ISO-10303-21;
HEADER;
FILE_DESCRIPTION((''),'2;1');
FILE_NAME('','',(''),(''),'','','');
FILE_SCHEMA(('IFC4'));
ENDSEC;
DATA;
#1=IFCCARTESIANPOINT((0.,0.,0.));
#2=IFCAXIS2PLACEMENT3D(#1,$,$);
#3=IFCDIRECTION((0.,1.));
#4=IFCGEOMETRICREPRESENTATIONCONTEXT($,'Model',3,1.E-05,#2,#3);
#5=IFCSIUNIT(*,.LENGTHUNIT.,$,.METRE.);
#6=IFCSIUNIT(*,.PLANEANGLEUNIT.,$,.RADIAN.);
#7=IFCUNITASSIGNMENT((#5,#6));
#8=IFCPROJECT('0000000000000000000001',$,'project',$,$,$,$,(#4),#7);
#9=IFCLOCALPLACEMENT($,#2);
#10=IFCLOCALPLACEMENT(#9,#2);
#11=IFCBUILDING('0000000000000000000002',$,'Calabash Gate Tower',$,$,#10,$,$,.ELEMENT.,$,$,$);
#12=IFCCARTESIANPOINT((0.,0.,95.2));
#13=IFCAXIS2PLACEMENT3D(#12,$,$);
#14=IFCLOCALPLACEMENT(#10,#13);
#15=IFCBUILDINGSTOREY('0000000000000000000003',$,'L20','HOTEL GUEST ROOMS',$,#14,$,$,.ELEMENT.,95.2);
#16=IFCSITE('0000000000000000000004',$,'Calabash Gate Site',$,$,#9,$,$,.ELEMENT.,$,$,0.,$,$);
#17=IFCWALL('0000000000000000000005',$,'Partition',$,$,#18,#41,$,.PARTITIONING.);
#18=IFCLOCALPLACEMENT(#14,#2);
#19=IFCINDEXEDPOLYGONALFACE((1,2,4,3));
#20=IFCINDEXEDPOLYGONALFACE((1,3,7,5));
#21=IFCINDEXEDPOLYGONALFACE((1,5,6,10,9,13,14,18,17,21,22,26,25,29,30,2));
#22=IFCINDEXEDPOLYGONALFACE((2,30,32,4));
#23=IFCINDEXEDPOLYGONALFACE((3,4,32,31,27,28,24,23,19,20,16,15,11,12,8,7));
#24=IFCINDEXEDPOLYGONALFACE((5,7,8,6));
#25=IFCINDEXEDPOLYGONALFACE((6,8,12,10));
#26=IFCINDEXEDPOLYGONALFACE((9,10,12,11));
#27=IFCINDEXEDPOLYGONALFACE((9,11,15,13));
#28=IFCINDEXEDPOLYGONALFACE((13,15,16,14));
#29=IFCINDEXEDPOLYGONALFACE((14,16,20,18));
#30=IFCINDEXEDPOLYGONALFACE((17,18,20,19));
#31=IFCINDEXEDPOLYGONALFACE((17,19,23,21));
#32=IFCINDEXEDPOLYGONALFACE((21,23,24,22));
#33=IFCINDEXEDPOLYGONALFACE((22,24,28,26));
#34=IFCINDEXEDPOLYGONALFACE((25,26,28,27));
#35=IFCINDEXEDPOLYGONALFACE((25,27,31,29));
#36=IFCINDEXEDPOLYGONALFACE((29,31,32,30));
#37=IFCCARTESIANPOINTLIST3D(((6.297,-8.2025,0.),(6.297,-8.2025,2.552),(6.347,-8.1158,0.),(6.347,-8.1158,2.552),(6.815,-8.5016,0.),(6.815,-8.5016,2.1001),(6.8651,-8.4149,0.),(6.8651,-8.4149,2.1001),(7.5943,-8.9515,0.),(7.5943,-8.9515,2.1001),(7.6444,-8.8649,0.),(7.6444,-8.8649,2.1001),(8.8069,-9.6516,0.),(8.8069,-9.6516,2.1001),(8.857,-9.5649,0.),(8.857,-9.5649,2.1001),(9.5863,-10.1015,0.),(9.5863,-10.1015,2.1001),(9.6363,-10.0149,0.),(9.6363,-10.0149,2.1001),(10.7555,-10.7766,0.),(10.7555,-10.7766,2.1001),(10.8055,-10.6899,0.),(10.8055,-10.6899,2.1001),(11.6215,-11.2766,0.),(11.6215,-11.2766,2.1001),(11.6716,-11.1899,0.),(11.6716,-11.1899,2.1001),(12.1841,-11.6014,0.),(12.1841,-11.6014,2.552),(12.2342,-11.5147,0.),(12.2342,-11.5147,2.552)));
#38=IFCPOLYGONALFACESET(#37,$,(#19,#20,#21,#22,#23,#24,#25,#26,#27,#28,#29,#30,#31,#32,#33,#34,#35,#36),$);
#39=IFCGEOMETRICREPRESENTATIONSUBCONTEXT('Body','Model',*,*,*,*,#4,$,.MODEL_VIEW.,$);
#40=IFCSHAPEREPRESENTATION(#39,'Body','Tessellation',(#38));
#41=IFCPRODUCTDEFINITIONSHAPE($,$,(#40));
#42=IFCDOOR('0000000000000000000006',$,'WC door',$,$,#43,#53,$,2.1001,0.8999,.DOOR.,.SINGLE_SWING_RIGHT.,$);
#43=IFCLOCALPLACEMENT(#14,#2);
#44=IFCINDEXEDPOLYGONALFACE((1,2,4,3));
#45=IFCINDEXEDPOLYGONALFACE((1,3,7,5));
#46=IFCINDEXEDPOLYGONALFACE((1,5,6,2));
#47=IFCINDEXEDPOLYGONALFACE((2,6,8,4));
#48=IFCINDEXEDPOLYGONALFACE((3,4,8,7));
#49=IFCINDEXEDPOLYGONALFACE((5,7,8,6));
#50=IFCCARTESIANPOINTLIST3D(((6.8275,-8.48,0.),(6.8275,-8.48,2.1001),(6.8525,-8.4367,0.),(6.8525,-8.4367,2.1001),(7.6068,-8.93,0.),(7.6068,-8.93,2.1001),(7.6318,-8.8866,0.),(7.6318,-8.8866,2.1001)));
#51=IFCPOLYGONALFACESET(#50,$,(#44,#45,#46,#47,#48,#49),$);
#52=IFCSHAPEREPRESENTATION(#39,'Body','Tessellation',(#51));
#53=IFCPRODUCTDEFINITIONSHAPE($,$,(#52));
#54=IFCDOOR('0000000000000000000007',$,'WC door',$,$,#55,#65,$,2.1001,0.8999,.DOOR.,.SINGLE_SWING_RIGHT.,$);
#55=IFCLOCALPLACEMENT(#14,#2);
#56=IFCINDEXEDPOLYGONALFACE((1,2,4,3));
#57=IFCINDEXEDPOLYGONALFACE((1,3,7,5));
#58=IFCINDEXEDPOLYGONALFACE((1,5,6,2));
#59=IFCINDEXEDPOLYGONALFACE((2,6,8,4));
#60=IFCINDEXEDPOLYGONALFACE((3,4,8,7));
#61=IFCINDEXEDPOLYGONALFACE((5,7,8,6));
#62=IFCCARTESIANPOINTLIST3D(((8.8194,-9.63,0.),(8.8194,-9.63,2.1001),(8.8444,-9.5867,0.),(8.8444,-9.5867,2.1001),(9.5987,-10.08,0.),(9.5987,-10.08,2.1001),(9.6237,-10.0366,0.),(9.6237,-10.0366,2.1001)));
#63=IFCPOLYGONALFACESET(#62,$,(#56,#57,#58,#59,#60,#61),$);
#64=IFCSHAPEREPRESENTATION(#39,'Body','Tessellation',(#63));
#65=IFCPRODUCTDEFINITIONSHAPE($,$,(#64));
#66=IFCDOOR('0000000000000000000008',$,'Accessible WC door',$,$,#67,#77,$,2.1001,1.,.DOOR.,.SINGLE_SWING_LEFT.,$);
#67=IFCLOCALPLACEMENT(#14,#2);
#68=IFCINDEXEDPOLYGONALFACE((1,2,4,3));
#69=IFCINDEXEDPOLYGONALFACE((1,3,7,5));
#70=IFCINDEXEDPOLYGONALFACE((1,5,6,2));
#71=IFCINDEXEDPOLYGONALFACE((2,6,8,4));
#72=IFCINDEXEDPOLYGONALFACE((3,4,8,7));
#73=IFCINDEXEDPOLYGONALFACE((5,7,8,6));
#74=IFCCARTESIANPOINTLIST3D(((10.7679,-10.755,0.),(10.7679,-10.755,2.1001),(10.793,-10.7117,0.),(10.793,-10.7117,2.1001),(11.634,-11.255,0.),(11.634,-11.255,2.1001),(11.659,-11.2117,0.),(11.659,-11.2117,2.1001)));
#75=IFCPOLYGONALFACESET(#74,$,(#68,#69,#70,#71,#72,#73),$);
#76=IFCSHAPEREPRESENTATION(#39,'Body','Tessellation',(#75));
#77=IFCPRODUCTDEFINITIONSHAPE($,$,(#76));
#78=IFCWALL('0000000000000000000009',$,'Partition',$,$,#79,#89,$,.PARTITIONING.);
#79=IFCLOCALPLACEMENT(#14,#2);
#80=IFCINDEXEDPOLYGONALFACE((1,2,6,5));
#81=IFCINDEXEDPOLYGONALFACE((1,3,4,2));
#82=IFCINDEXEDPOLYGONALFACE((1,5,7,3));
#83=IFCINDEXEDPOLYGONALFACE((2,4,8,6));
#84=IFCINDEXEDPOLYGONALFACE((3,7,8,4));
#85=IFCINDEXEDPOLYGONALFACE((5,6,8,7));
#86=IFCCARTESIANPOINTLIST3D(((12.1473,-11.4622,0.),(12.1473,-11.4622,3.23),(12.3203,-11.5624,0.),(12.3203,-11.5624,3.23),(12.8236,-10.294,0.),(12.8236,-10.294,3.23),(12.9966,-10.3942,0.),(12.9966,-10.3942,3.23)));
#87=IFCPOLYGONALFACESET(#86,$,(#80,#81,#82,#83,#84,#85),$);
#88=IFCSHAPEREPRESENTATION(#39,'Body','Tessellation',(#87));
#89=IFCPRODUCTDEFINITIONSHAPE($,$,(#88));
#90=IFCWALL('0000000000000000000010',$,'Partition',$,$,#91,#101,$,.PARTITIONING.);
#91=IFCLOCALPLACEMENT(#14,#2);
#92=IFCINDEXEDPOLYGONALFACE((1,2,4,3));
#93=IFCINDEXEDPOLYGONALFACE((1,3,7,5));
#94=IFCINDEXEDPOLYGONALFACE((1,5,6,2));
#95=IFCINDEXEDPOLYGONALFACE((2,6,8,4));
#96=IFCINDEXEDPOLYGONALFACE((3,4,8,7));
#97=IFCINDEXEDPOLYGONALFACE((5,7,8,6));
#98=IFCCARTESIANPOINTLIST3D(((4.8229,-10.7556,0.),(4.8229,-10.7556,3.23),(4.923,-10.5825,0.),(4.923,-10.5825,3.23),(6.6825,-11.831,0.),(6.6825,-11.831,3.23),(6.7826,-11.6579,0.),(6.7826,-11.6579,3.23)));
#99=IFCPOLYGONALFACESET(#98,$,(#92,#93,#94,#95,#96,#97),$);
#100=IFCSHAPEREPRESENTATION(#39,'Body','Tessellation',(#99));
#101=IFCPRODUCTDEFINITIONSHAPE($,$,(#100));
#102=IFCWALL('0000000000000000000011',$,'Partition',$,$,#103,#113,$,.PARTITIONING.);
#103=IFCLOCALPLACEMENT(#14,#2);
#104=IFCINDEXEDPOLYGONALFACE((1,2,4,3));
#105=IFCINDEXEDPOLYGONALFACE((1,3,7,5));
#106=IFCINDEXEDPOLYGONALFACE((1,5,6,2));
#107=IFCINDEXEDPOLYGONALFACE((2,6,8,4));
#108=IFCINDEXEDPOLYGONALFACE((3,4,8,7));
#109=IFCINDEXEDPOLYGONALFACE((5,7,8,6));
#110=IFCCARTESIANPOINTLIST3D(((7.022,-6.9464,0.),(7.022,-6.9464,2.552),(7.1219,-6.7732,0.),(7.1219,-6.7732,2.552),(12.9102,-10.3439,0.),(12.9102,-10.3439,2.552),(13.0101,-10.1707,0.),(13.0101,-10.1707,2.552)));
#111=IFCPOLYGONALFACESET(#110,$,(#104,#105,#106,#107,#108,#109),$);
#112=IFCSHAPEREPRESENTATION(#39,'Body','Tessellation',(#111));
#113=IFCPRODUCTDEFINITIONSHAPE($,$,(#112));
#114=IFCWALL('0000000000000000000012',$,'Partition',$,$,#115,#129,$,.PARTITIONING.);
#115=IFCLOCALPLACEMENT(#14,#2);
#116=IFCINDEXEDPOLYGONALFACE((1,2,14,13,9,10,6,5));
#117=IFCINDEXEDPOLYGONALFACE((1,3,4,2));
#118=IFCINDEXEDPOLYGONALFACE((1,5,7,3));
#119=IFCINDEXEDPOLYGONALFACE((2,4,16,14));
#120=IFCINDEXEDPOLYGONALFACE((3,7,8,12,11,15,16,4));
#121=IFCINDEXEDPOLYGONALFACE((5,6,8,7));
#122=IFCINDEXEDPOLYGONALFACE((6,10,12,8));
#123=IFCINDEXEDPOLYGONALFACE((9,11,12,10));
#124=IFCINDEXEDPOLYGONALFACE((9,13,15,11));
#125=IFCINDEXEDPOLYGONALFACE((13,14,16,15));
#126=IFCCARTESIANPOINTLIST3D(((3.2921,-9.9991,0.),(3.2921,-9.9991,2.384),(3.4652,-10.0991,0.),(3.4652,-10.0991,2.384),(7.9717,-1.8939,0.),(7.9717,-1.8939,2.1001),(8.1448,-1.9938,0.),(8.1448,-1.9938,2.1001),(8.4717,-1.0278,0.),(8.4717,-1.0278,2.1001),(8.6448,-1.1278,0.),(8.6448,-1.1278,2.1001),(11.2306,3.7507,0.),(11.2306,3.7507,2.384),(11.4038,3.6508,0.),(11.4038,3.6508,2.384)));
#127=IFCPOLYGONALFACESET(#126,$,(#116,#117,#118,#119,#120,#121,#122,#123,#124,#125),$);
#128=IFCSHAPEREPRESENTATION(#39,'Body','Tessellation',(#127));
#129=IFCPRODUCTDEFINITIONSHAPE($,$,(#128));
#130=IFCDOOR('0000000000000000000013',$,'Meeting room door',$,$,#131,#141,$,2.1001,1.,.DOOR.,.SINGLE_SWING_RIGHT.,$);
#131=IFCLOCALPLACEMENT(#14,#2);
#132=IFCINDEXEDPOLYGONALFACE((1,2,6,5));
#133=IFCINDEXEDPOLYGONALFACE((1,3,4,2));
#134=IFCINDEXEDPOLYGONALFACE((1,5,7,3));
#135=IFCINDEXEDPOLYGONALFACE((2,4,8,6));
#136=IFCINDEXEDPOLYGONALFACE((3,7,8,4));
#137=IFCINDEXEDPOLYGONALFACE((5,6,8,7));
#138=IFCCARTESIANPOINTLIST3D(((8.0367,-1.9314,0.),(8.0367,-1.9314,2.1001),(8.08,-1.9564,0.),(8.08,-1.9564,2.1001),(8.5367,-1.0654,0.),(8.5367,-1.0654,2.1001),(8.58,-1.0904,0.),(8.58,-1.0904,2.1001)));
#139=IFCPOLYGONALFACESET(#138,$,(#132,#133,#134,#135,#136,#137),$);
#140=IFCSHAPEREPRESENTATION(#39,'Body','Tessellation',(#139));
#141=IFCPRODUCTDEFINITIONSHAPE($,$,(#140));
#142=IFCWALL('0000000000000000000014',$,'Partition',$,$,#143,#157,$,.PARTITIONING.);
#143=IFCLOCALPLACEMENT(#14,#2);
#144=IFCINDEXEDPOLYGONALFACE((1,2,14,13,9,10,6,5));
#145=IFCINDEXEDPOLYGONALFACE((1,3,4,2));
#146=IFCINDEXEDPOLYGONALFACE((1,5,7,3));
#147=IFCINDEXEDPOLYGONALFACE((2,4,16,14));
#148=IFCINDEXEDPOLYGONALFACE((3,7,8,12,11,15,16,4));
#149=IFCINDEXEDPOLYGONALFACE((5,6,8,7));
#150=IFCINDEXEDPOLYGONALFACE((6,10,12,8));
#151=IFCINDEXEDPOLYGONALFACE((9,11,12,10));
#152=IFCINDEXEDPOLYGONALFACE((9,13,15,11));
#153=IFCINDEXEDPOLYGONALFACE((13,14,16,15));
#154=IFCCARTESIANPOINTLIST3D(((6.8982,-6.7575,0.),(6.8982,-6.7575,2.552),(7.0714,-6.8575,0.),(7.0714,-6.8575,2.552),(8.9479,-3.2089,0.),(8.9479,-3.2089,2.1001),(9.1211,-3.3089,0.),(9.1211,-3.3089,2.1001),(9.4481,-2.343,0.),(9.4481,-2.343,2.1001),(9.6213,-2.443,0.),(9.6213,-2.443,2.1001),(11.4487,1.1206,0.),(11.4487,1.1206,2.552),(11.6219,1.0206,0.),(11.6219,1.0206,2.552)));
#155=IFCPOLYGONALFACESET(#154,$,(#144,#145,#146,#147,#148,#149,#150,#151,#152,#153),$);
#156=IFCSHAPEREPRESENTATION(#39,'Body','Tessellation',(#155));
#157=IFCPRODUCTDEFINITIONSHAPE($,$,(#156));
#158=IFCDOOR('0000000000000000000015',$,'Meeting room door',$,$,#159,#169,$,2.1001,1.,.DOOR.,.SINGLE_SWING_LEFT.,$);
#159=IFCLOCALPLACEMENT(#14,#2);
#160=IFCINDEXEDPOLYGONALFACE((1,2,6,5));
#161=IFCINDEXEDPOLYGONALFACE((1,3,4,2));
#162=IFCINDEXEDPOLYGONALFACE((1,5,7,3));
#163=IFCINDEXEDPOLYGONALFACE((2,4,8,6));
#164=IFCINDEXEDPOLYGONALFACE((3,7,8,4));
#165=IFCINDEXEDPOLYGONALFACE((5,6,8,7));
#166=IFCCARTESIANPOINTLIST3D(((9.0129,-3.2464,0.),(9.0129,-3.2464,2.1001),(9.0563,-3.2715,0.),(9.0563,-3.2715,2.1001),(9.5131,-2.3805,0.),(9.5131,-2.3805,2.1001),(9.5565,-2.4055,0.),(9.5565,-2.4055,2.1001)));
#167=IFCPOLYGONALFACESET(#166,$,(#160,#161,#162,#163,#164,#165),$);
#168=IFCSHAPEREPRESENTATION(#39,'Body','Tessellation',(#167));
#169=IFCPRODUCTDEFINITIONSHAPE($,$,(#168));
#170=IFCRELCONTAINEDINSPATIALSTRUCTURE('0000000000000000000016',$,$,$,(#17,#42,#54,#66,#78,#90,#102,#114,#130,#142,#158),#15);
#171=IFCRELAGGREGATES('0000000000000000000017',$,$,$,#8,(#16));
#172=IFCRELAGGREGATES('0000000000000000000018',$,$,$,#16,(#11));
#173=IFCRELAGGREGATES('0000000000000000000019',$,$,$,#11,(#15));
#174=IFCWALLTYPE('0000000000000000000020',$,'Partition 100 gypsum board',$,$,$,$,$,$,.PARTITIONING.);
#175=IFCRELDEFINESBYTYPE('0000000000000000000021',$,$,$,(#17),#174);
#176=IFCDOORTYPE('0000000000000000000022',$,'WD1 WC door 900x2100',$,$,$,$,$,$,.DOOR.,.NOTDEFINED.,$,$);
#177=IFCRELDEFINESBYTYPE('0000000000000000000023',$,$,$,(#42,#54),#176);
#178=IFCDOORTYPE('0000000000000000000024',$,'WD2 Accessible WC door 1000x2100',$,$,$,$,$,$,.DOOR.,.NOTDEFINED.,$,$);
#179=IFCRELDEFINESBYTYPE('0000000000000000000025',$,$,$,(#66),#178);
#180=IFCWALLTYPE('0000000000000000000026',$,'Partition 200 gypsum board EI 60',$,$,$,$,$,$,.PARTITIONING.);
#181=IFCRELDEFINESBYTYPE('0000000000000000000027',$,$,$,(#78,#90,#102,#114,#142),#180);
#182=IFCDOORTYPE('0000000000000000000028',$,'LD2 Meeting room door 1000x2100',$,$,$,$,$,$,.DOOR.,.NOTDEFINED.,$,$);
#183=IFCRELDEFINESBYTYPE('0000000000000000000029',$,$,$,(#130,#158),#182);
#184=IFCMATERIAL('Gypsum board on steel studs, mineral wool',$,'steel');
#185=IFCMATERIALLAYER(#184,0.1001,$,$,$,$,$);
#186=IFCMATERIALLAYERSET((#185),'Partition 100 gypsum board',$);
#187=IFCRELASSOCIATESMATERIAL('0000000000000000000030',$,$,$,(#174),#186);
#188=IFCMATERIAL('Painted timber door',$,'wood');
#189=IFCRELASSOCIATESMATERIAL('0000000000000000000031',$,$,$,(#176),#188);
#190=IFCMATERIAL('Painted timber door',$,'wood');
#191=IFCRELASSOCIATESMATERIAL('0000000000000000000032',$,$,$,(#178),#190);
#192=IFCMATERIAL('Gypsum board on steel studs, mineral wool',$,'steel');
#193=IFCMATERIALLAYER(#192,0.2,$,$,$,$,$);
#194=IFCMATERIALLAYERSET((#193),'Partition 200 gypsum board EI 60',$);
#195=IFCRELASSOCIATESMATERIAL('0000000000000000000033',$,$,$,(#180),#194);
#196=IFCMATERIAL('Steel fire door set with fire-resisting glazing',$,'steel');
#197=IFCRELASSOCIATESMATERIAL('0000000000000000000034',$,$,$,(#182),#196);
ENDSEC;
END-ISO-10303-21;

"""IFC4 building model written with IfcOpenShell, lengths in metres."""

from ifc_helpers import new_model, si_unit, direction, frame, frame_2d, origin, place, context, subcontext, project, spatial, rectangle, extrude, material, layer, layer_set, type_object, element, fill, save


model = new_model("IFC4")

# Units and contexts
model_context = context("Model", 3, precision=1e-05, world=origin(), true_north=direction((0.0, 1.0)))
body_context = subcontext(model_context, "Body", "Model", "MODEL_VIEW")
ifc_project = project(units=[si_unit("LENGTHUNIT", "METRE"), si_unit("PLANEANGLEUNIT", "RADIAN")], contexts=[model_context])

# Site, building, storey
site_placement = place(None, origin())
site = spatial("IfcSite", under=ifc_project, at=site_placement, Name="Calabash Gate Site", CompositionType="ELEMENT", RefElevation=0.0)
building_placement = place(site_placement, origin())
building = spatial("IfcBuilding", under=site, at=building_placement, Name="Calabash Gate Tower", CompositionType="ELEMENT")
storey_placement = place(building_placement, frame((0.0, 0.0, 95.2)))
storey = spatial("IfcBuildingStorey", under=building, at=storey_placement, Name="L20", Description="HOTEL GUEST ROOMS", CompositionType="ELEMENT", Elevation=95.2)

# Wall, openings, doors
ifc_material_1 = material(Name="Gypsum board on steel studs, mineral wool", Category="steel")
ifc_layer_1 = layer(ifc_material_1, 0.1001)
ifc_layer_set_1 = layer_set([ifc_layer_1], Name="Partition 100 gypsum board")
wall_type_1 = type_object("IfcWallType", Name="Partition 100 gypsum board", PredefinedType="PARTITIONING", material=ifc_layer_set_1)
wall_1_placement = place(storey_placement, frame((6.322, -8.1592, 0.0), z_axis=(0.0, 0.0, 1.0), x_axis=(0.866029, -0.499994, 0.0)))
wall_1 = element("IfcWall", 1, at=wall_1_placement, inside=storey, type_object=wall_type_1, Name="Partition", PredefinedType="PARTITIONING", context=body_context, shape_type="SweptSolid", body=[
    extrude(rectangle(XDim=6.7979, YDim=0.1001, at=frame_2d((3.3989, 0.0))), origin(), (0.0, 0.0, 1.0), 2.552),
])
opening_1_placement = place(wall_1_placement, frame((0.5981, 0.0, 0.0)))
opening_1 = element("IfcOpeningElement", 2, at=opening_1_placement, cuts=wall_1, PredefinedType="OPENING", context=body_context, shape_type="SweptSolid", body=[
    extrude(rectangle(XDim=0.8999, YDim=2.1001, at=frame_2d((0.45, 1.05))), frame((0.0, 0.0601, 0.0), z_axis=(0.0, -1.0, 0.0), x_axis=(1.0, 0.0, 0.0)), (0.0, 0.0, 1.0), 0.1201),
])
opening_2_placement = place(wall_1_placement, frame((2.8982, 0.0, 0.0)))
opening_2 = element("IfcOpeningElement", 3, at=opening_2_placement, cuts=wall_1, PredefinedType="OPENING", context=body_context, shape_type="SweptSolid", body=[
    extrude(rectangle(XDim=0.8999, YDim=2.1001, at=frame_2d((0.45, 1.05))), frame((0.0, 0.0601, 0.0), z_axis=(0.0, -1.0, 0.0), x_axis=(1.0, 0.0, 0.0)), (0.0, 0.0, 1.0), 0.1201),
])
opening_3_placement = place(wall_1_placement, frame((5.1482, 0.0, 0.0)))
opening_3 = element("IfcOpeningElement", 4, at=opening_3_placement, cuts=wall_1, PredefinedType="OPENING", context=body_context, shape_type="SweptSolid", body=[
    extrude(rectangle(XDim=1.0, YDim=2.1001, at=frame_2d((0.5, 1.05))), frame((0.0, 0.0601, 0.0), z_axis=(0.0, -1.0, 0.0), x_axis=(1.0, 0.0, 0.0)), (0.0, 0.0, 1.0), 0.1201),
])
ifc_material_2 = material(Name="Painted timber door", Category="wood")
door_type_1 = type_object("IfcDoorType", Name="WD1 WC door 900x2100", OperationType="NOTDEFINED", PredefinedType="DOOR", material=ifc_material_2)
door_1_placement = place(opening_1_placement, origin())
door_1 = element("IfcDoor", 5, at=door_1_placement, inside=storey, type_object=door_type_1, Name="WC door", OperationType="SINGLE_SWING_RIGHT", OverallHeight=2.1001, OverallWidth=0.8999, PredefinedType="DOOR", context=body_context, shape_type="SweptSolid", body=[
    extrude(rectangle(XDim=0.8999, YDim=2.1001, at=frame_2d((0.45, 1.05))), frame((0.0, 0.0249, 0.0), z_axis=(0.0, -1.0, 0.0), x_axis=(1.0, 0.0, 0.0)), (0.0, 0.0, 1.0), 0.05),
])
fill(opening_1, door_1)
door_2_placement = place(opening_2_placement, origin())
door_2 = element("IfcDoor", 6, at=door_2_placement, inside=storey, type_object=door_type_1, Name="WC door", OperationType="SINGLE_SWING_RIGHT", OverallHeight=2.1001, OverallWidth=0.8999, PredefinedType="DOOR", context=body_context, shape_type="SweptSolid", body=[
    extrude(rectangle(XDim=0.8999, YDim=2.1001, at=frame_2d((0.45, 1.05))), frame((0.0, 0.0249, 0.0), z_axis=(0.0, -1.0, 0.0), x_axis=(1.0, 0.0, 0.0)), (0.0, 0.0, 1.0), 0.05),
])
fill(opening_2, door_2)
ifc_material_3 = material(Name="Painted timber door", Category="wood")
door_type_2 = type_object("IfcDoorType", Name="WD2 Accessible WC door 1000x2100", OperationType="NOTDEFINED", PredefinedType="DOOR", material=ifc_material_3)
door_3_placement = place(opening_3_placement, origin())
door_3 = element("IfcDoor", 7, at=door_3_placement, inside=storey, type_object=door_type_2, Name="Accessible WC door", OperationType="SINGLE_SWING_LEFT", OverallHeight=2.1001, OverallWidth=1.0, PredefinedType="DOOR", context=body_context, shape_type="SweptSolid", body=[
    extrude(rectangle(XDim=1.0, YDim=2.1001, at=frame_2d((0.5, 1.05))), frame((0.0, 0.0249, 0.0), z_axis=(0.0, -1.0, 0.0), x_axis=(1.0, 0.0, 0.0)), (0.0, 0.0, 1.0), 0.05),
])
fill(opening_3, door_3)

# Walls
ifc_material_4 = material(Name="Gypsum board on steel studs, mineral wool", Category="steel")
ifc_layer_2 = layer(ifc_material_4, 0.2)
ifc_layer_set_2 = layer_set([ifc_layer_2], Name="Partition 200 gypsum board EI 60")
wall_type_2 = type_object("IfcWallType", Name="Partition 200 gypsum board EI 60", PredefinedType="PARTITIONING", material=ifc_layer_set_2)
wall_2_placement = place(storey_placement, frame((12.2339, -11.5122, 0.0), z_axis=(0.0, 0.0, 1.0), x_axis=(0.501001, 0.865447, 0.0)))
element("IfcWall", 8, at=wall_2_placement, inside=storey, type_object=wall_type_2, Name="Partition", PredefinedType="PARTITIONING", context=body_context, shape_type="SweptSolid", body=[
    extrude(rectangle(XDim=1.3499, YDim=0.2, at=frame_2d((0.6748, 0.0))), origin(), (0.0, 0.0, 1.0), 3.23),
])
wall_3_placement = place(storey_placement, frame((4.8728, -10.6689, 0.0), z_axis=(0.0, 0.0, 1.0), x_axis=(0.865665, -0.500624, 0.0)))
element("IfcWall", 9, at=wall_3_placement, inside=storey, type_object=wall_type_2, Name="Partition", PredefinedType="PARTITIONING", context=body_context, shape_type="SweptSolid", body=[
    extrude(rectangle(XDim=2.1482, YDim=0.2, at=frame_2d((1.0742, 0.0))), origin(), (0.0, 0.0, 1.0), 3.23),
])
wall_4_placement = place(storey_placement, frame((7.072, -6.8599, 0.0), z_axis=(0.0, 0.0, 1.0), x_axis=(0.866158, -0.49977, 0.0)))
element("IfcWall", 10, at=wall_4_placement, inside=storey, type_object=wall_type_2, Name="Partition", PredefinedType="PARTITIONING", context=body_context, shape_type="SweptSolid", body=[
    extrude(rectangle(XDim=6.7981, YDim=0.2, at=frame_2d((3.3989, 0.0))), origin(), (0.0, 0.0, 1.0), 2.552),
])

# Walls, openings, doors
wall_5_placement = place(storey_placement, frame((3.3787, -10.0491, 0.0), z_axis=(0.0, 0.0, 1.0), x_axis=(0.500002, 0.866024, 0.0)))
wall_5 = element("IfcWall", 11, at=wall_5_placement, inside=storey, type_object=wall_type_2, Name="Partition", PredefinedType="PARTITIONING", context=body_context, shape_type="SweptSolid", body=[
    extrude(rectangle(XDim=15.877, YDim=0.2, at=frame_2d((7.9385, 0.0))), origin(), (0.0, 0.0, 1.0), 2.384),
])
opening_4_placement = place(wall_5_placement, frame((9.3591, 0.0, 0.0)))
opening_4 = element("IfcOpeningElement", 12, at=opening_4_placement, cuts=wall_5, PredefinedType="OPENING", context=body_context, shape_type="SweptSolid", body=[
    extrude(rectangle(XDim=1.0, YDim=2.1001, at=frame_2d((0.5, 1.05))), frame((0.0, 0.1099, 0.0), z_axis=(0.0, -1.0, 0.0), x_axis=(1.0, 0.0, 0.0)), (0.0, 0.0, 1.0), 0.22),
])
ifc_material_5 = material(Name="Steel fire door set with fire-resisting glazing", Category="steel")
door_type_3 = type_object("IfcDoorType", Name="LD2 Meeting room door 1000x2100", OperationType="NOTDEFINED", PredefinedType="DOOR", material=ifc_material_5)
door_4_placement = place(opening_4_placement, origin())
door_4 = element("IfcDoor", 13, at=door_4_placement, inside=storey, type_object=door_type_3, Name="Meeting room door", OperationType="SINGLE_SWING_RIGHT", OverallHeight=2.1001, OverallWidth=1.0, PredefinedType="DOOR", context=body_context, shape_type="SweptSolid", body=[
    extrude(rectangle(XDim=1.0, YDim=2.1001, at=frame_2d((0.5, 1.05))), frame((0.0, 0.0249, 0.0), z_axis=(0.0, -1.0, 0.0), x_axis=(1.0, 0.0, 0.0)), (0.0, 0.0, 1.0), 0.05),
])
fill(opening_4, door_4)
wall_6_placement = place(storey_placement, frame((6.9849, -6.8074, 0.0), z_axis=(0.0, 0.0, 1.0), x_axis=(0.500171, 0.865927, 0.0)))
wall_6 = element("IfcWall", 14, at=wall_6_placement, inside=storey, type_object=wall_type_2, Name="Partition", PredefinedType="PARTITIONING", context=body_context, shape_type="SweptSolid", body=[
    extrude(rectangle(XDim=9.0979, YDim=0.2, at=frame_2d((4.5488, 0.0))), origin(), (0.0, 0.0, 1.0), 2.552),
])
opening_5_placement = place(wall_6_placement, frame((4.0979, 0.0, 0.0)))
opening_5 = element("IfcOpeningElement", 15, at=opening_5_placement, cuts=wall_6, PredefinedType="OPENING", context=body_context, shape_type="SweptSolid", body=[
    extrude(rectangle(XDim=1.0, YDim=2.1001, at=frame_2d((0.5, 1.05))), frame((0.0, 0.1099, 0.0), z_axis=(0.0, -1.0, 0.0), x_axis=(1.0, 0.0, 0.0)), (0.0, 0.0, 1.0), 0.22),
])
door_5_placement = place(opening_5_placement, origin())
door_5 = element("IfcDoor", 16, at=door_5_placement, inside=storey, type_object=door_type_3, Name="Meeting room door", OperationType="SINGLE_SWING_LEFT", OverallHeight=2.1001, OverallWidth=1.0, PredefinedType="DOOR", context=body_context, shape_type="SweptSolid", body=[
    extrude(rectangle(XDim=1.0, YDim=2.1001, at=frame_2d((0.5, 1.05))), frame((0.0, 0.0249, 0.0), z_axis=(0.0, -1.0, 0.0), x_axis=(1.0, 0.0, 0.0)), (0.0, 0.0, 1.0), 0.05),
])
fill(opening_5, door_5)

save(model, "model.ifc")
